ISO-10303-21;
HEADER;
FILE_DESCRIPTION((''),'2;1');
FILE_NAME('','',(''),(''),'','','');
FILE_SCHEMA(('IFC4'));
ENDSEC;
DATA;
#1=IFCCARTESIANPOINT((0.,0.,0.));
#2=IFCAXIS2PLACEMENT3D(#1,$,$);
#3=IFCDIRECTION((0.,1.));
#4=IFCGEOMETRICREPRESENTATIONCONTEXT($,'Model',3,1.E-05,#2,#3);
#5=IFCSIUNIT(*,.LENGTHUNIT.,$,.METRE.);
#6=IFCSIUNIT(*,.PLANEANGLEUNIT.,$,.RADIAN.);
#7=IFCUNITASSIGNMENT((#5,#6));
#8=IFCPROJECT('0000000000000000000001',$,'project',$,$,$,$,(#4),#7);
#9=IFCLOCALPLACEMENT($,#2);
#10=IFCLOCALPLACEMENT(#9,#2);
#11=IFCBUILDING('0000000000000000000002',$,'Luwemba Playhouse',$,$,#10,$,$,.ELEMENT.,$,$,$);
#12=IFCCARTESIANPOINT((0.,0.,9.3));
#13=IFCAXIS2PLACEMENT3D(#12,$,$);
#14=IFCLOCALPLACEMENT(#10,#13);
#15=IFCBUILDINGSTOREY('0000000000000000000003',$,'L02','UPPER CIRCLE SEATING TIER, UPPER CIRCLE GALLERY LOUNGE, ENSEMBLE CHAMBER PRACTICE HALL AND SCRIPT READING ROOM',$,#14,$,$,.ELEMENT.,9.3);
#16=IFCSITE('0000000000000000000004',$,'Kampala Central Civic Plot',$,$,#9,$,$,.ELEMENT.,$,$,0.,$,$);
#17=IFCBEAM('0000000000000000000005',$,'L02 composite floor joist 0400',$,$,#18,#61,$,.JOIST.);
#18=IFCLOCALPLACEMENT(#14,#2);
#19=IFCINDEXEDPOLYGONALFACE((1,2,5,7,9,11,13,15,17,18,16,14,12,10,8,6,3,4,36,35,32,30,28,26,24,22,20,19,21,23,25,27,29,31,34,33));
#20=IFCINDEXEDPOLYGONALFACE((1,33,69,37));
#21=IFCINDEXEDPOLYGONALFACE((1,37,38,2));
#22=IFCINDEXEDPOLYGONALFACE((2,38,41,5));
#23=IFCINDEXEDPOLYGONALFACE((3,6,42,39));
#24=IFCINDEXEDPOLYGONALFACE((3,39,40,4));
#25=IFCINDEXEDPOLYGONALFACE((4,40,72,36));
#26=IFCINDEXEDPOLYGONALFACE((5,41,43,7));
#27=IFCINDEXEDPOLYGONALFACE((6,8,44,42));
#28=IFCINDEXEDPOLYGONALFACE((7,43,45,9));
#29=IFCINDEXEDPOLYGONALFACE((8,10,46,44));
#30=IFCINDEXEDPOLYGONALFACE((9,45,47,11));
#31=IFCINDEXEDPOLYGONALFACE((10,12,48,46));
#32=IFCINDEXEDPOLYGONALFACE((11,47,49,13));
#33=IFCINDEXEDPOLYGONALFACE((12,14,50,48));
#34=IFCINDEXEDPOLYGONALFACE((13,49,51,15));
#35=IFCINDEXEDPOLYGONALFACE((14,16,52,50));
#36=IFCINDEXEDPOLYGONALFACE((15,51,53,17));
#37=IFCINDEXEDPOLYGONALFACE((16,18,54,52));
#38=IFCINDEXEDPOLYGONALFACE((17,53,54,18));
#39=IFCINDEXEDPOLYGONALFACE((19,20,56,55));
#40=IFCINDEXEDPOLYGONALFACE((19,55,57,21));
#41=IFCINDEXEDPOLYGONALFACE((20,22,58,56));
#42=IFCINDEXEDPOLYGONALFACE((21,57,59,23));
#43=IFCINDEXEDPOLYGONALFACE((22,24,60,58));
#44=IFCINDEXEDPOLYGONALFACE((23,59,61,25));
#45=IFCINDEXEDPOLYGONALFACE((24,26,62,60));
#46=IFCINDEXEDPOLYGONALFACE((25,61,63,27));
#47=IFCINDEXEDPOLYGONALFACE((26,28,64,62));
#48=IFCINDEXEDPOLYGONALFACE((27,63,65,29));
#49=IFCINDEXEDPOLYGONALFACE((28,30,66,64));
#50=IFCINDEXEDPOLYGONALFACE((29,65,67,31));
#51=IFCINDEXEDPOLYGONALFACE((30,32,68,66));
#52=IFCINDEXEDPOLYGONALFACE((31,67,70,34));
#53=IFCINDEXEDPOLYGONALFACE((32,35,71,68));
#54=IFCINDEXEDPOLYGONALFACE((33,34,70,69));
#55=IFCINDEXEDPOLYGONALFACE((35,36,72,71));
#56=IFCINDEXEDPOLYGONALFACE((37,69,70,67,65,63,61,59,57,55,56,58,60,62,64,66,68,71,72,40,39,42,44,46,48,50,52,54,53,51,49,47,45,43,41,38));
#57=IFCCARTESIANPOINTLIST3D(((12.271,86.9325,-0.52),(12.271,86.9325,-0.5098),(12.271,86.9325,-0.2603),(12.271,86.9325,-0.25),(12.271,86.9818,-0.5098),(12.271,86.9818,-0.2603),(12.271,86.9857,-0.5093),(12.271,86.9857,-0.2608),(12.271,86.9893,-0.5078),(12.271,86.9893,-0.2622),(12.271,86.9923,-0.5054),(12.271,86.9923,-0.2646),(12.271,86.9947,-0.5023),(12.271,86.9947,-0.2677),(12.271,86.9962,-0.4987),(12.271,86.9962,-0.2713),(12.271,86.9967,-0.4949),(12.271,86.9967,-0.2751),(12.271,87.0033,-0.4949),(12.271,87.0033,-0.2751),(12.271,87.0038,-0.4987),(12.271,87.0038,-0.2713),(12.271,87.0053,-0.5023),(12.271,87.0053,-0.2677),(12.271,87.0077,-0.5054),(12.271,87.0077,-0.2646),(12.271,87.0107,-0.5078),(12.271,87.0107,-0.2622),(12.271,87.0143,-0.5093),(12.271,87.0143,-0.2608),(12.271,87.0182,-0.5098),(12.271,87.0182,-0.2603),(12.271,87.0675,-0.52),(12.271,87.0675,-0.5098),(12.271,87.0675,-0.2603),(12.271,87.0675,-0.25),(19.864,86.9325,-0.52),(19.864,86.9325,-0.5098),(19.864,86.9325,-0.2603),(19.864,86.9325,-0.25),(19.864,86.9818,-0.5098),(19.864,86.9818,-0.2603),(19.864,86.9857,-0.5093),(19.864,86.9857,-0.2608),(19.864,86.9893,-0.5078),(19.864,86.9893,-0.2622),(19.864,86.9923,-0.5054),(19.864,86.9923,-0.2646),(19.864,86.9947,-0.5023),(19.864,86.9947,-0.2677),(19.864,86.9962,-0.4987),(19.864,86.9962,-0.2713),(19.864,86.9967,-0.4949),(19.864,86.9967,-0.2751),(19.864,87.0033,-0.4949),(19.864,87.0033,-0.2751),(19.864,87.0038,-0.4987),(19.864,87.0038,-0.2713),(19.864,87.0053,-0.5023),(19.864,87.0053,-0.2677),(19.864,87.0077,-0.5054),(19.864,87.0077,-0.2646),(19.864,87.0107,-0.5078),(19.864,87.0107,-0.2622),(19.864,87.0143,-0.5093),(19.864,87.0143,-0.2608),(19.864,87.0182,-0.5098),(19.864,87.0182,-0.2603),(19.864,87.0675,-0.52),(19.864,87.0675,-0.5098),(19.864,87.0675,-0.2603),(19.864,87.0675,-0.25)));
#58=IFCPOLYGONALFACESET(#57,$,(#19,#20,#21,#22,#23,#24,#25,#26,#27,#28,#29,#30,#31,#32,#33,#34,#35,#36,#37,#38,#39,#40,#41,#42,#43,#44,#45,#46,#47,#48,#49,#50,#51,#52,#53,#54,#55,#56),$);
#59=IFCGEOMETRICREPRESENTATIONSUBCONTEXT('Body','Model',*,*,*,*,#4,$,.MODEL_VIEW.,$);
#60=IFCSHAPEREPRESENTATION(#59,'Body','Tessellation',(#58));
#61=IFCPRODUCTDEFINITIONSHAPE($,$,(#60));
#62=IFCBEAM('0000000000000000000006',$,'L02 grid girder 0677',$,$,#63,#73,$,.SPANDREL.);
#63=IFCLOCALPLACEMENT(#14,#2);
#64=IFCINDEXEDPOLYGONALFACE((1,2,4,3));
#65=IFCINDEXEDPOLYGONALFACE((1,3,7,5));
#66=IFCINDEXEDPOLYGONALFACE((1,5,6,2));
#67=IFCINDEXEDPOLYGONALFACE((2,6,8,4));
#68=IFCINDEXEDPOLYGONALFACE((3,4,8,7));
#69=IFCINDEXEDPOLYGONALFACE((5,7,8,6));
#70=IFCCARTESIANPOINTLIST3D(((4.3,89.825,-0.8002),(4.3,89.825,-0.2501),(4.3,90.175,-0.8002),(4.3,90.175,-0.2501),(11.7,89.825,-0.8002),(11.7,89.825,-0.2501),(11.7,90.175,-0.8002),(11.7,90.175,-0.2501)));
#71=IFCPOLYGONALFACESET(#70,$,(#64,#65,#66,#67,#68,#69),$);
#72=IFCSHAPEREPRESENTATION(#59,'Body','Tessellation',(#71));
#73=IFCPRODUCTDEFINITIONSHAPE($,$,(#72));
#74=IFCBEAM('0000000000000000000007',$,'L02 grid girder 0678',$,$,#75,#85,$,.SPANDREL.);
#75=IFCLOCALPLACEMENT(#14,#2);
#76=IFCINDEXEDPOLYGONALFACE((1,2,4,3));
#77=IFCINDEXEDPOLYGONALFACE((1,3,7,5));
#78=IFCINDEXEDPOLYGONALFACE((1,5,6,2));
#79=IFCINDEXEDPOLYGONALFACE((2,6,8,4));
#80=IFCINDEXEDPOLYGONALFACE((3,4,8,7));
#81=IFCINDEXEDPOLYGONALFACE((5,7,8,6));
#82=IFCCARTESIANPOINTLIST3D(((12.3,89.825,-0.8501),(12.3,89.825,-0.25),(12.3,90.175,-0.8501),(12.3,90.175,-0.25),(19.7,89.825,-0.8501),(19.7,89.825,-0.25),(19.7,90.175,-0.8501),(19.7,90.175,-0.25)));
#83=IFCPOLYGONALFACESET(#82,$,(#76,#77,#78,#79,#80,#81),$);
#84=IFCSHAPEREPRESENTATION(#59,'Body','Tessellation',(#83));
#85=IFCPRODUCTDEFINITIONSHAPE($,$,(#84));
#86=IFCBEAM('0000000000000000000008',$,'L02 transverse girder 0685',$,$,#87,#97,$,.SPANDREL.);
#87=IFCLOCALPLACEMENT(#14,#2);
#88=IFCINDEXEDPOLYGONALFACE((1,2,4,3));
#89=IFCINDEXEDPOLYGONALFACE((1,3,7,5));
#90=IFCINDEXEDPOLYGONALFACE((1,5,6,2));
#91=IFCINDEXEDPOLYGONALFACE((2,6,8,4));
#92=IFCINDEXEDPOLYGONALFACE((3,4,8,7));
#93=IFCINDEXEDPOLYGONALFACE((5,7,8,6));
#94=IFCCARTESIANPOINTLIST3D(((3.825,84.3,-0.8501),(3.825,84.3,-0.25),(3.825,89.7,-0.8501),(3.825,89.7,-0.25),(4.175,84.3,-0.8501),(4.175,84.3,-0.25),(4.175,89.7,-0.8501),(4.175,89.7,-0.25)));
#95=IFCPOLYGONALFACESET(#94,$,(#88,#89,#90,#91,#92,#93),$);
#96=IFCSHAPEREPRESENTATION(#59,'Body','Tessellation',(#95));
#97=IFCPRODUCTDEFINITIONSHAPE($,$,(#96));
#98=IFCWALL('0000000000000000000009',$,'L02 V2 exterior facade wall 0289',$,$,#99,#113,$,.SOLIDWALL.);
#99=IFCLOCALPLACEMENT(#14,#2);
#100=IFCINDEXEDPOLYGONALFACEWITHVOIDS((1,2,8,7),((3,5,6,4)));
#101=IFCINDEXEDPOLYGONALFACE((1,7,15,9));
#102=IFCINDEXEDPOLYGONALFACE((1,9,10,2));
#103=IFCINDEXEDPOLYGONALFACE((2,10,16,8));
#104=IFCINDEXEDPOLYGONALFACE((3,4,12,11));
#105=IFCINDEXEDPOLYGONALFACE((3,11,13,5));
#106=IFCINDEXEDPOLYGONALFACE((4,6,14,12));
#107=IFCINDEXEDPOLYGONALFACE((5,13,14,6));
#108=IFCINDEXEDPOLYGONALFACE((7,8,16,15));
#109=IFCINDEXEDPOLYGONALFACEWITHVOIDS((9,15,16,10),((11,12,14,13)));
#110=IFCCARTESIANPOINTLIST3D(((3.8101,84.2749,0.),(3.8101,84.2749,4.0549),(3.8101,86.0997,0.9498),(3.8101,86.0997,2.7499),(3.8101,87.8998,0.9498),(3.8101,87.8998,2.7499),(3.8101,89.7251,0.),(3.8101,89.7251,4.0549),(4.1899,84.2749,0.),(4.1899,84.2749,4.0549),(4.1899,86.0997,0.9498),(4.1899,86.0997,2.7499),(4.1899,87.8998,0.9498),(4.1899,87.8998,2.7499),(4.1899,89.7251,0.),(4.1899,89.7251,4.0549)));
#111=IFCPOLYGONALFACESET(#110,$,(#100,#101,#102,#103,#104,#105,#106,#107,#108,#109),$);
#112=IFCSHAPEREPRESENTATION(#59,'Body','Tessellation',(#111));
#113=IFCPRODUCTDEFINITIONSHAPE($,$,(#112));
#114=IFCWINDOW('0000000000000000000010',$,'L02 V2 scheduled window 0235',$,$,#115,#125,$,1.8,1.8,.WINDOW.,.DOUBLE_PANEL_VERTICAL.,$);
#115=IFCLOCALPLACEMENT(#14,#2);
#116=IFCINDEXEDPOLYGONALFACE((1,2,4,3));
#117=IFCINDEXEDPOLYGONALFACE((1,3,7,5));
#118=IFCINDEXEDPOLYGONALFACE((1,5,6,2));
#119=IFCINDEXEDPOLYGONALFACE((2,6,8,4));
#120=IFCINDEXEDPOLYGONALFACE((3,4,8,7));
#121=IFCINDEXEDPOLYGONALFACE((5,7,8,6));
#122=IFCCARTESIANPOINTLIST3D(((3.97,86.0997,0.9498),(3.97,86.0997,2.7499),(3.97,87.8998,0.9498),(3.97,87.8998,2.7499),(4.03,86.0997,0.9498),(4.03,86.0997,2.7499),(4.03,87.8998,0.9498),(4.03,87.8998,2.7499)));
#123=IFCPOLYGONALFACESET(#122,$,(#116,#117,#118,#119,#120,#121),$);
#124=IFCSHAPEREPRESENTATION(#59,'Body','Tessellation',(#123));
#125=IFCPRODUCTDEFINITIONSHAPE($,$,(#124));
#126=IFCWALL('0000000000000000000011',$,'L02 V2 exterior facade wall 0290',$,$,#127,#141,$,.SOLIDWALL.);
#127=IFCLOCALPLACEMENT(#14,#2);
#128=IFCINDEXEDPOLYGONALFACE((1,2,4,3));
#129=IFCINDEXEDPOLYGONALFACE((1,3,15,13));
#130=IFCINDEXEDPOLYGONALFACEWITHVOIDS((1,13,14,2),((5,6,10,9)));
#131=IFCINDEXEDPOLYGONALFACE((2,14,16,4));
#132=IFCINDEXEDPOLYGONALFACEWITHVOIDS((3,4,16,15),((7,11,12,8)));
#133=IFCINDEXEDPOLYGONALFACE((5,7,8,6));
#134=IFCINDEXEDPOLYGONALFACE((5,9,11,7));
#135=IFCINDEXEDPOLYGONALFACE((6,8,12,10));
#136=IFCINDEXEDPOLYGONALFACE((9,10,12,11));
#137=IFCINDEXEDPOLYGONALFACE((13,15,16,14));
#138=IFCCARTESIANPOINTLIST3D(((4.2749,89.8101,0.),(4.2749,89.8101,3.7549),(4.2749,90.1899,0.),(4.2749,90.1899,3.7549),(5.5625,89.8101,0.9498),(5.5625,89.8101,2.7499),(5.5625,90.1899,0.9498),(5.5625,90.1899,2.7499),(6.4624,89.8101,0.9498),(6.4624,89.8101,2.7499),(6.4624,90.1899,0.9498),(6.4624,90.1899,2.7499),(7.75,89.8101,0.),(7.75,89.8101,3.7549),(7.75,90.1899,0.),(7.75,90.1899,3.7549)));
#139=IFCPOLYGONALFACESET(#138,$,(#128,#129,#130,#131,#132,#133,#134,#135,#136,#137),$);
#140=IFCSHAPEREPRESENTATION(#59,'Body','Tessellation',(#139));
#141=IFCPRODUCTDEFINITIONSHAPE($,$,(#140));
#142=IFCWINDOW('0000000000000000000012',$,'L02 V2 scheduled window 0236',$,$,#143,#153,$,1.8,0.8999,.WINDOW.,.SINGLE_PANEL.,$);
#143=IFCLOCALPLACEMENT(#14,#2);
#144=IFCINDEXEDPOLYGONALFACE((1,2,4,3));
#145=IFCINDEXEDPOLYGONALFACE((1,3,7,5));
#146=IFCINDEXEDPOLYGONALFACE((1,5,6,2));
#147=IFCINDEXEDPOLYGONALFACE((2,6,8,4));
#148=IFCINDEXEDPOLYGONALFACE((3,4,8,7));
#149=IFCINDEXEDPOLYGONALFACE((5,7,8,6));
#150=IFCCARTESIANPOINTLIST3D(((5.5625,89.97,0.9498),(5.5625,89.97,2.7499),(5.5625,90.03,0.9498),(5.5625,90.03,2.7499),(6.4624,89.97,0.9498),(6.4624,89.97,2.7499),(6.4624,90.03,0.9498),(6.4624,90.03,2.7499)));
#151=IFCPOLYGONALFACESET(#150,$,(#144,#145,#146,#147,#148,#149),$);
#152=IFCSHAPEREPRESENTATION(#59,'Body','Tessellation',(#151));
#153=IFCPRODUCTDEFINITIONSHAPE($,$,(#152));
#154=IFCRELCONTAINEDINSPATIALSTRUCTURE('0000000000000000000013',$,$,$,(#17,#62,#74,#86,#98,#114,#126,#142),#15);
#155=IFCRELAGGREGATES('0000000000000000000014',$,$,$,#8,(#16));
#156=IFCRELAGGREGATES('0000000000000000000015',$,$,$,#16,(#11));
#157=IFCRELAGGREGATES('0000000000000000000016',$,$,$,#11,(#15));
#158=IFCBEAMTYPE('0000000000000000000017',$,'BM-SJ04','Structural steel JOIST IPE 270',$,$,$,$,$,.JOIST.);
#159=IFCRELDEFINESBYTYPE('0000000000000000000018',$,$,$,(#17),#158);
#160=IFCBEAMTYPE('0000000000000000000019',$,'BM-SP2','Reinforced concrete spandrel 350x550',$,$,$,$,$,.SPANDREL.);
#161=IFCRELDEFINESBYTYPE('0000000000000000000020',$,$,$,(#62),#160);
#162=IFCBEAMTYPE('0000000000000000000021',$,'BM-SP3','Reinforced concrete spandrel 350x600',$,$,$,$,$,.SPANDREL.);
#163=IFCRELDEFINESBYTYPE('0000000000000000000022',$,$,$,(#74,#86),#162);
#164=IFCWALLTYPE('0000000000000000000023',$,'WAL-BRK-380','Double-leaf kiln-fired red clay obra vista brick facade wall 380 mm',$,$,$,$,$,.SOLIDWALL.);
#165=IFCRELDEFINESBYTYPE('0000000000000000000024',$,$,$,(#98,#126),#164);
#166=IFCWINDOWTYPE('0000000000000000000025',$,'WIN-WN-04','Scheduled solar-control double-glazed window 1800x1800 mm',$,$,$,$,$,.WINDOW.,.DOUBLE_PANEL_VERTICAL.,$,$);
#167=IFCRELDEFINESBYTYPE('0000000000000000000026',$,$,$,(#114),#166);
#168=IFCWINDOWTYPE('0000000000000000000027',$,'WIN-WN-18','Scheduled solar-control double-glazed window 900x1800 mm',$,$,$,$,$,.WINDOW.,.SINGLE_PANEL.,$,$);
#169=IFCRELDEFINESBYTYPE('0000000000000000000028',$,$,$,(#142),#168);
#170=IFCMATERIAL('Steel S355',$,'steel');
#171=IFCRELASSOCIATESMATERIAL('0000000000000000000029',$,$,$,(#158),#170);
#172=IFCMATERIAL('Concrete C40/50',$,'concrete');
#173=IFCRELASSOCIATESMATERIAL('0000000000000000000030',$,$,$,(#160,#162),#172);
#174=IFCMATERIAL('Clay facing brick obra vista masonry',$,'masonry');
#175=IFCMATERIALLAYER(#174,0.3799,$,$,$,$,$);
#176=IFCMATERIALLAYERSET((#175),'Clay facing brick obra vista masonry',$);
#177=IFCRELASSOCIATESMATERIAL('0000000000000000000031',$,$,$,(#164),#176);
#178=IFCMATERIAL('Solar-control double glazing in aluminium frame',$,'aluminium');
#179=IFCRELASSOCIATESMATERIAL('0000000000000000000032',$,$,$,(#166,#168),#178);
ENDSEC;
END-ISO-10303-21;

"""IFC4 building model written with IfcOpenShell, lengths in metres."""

from ifc_helpers import new_model, si_unit, direction, frame, frame_2d, origin, origin_2d, place, context, subcontext, project, spatial, rectangle, i_section, extrude, material, layer, layer_set, material_profile, profile_set, type_object, element, fill, save


model = new_model("IFC4")

# Units and contexts
model_context = context("Model", 3, precision=1e-05, world=origin(), true_north=direction((0.0, 1.0)))
body_context = subcontext(model_context, "Body", "Model", "MODEL_VIEW")
ifc_project = project(units=[si_unit("LENGTHUNIT", "METRE"), si_unit("PLANEANGLEUNIT", "RADIAN")], contexts=[model_context])

# Site, building, storey
site_placement = place(None, origin())
site = spatial("IfcSite", under=ifc_project, at=site_placement, Name="Kampala Central Civic Plot", CompositionType="ELEMENT", RefElevation=0.0)
building_placement = place(site_placement, origin())
building = spatial("IfcBuilding", under=site, at=building_placement, Name="Luwemba Playhouse", CompositionType="ELEMENT")
storey_placement = place(building_placement, frame((0.0, 0.0, 9.3)))
storey = spatial("IfcBuildingStorey", under=building, at=storey_placement, Name="L02", Description="UPPER CIRCLE SEATING TIER, UPPER CIRCLE GALLERY LOUNGE, ENSEMBLE CHAMBER PRACTICE HALL AND SCRIPT READING ROOM", CompositionType="ELEMENT", Elevation=9.3)

# Shared definitions
ifc_material_1 = material(Name="Concrete C40/50", Category="concrete")

# Beams
ifc_material_2 = material(Name="Steel S355", Category="steel")
ifc_material_profile_1 = material_profile(ifc_material_2, i_section(OverallWidth=0.135, OverallDepth=0.27, WebThickness=0.0066, FlangeThickness=0.0103, FilletRadius=0.0149, at=origin_2d()))
ifc_profile_set_1 = profile_set([ifc_material_profile_1], Name="Steel S355")
beam_type_1 = type_object("IfcBeamType", Name="BM-SJ04", Description="Structural steel JOIST IPE 270", PredefinedType="JOIST", material=ifc_profile_set_1)
beam_1_placement = place(storey_placement, frame((12.271, 87.0, -0.385), z_axis=(1.0, 0.0, 0.0), x_axis=(0.0, 1.0, 0.0)))
element("IfcBeam", 1, at=beam_1_placement, inside=storey, type_object=beam_type_1, Name="L02 composite floor joist 0400", PredefinedType="JOIST", context=body_context, shape_type="SweptSolid", body=[
    extrude(i_section(OverallWidth=0.135, OverallDepth=0.27, WebThickness=0.0066, FlangeThickness=0.0103, FilletRadius=0.0149, at=origin_2d()), origin(), (0.0, 0.0, 1.0), 7.593),
])
ifc_material_profile_2 = material_profile(ifc_material_1, rectangle(XDim=0.3501, YDim=0.55, at=origin_2d()))
ifc_profile_set_2 = profile_set([ifc_material_profile_2], Name="Concrete C40/50")
beam_type_2 = type_object("IfcBeamType", Name="BM-SP2", Description="Reinforced concrete spandrel 350x550", PredefinedType="SPANDREL", material=ifc_profile_set_2)
beam_2_placement = place(storey_placement, frame((4.3, 90.0, -0.5251), z_axis=(1.0, 0.0, 0.0), x_axis=(0.0, 1.0, 0.0)))
element("IfcBeam", 2, at=beam_2_placement, inside=storey, type_object=beam_type_2, Name="L02 grid girder 0677", PredefinedType="SPANDREL", context=body_context, shape_type="SweptSolid", body=[
    extrude(rectangle(XDim=0.3501, YDim=0.55, at=origin_2d()), origin(), (0.0, 0.0, 1.0), 7.3999),
])
ifc_material_profile_3 = material_profile(ifc_material_1, rectangle(XDim=0.3501, YDim=0.6001, at=origin_2d()))
ifc_profile_set_3 = profile_set([ifc_material_profile_3], Name="Concrete C40/50")
beam_type_3 = type_object("IfcBeamType", Name="BM-SP3", Description="Reinforced concrete spandrel 350x600", PredefinedType="SPANDREL", material=ifc_profile_set_3)
beam_3_placement = place(storey_placement, frame((12.3, 90.0, -0.55), z_axis=(1.0, 0.0, 0.0), x_axis=(0.0, 1.0, 0.0)))
element("IfcBeam", 3, at=beam_3_placement, inside=storey, type_object=beam_type_3, Name="L02 grid girder 0678", PredefinedType="SPANDREL", context=body_context, shape_type="SweptSolid", body=[
    extrude(rectangle(XDim=0.3501, YDim=0.6001, at=origin_2d()), origin(), (0.0, 0.0, 1.0), 7.3999),
])
beam_4_placement = place(storey_placement, frame((4.0, 84.3, -0.55), z_axis=(0.0, 1.0, 0.0), x_axis=(-1.0, 0.0, 0.0)))
element("IfcBeam", 4, at=beam_4_placement, inside=storey, type_object=beam_type_3, Name="L02 transverse girder 0685", PredefinedType="SPANDREL", context=body_context, shape_type="SweptSolid", body=[
    extrude(rectangle(XDim=0.3501, YDim=0.6001, at=origin_2d()), origin(), (0.0, 0.0, 1.0), 5.3999),
])

# Walls, openings, windows
ifc_material_3 = material(Name="Clay facing brick obra vista masonry", Category="masonry")
ifc_layer_1 = layer(ifc_material_3, 0.3799)
ifc_layer_set_1 = layer_set([ifc_layer_1], Name="Clay facing brick obra vista masonry")
wall_type_1 = type_object("IfcWallType", Name="WAL-BRK-380", Description="Double-leaf kiln-fired red clay obra vista brick facade wall 380 mm", PredefinedType="SOLIDWALL", material=ifc_layer_set_1)
wall_1_placement = place(storey_placement, frame((4.0, 84.2749, 0.0), z_axis=(0.0, 0.0, 1.0), x_axis=(0.0, 1.0, 0.0)))
wall_1 = element("IfcWall", 5, at=wall_1_placement, inside=storey, type_object=wall_type_1, Name="L02 V2 exterior facade wall 0289", PredefinedType="SOLIDWALL", context=body_context, shape_type="SweptSolid", body=[
    extrude(rectangle(XDim=5.4502, YDim=0.3799, at=frame_2d((2.7251, 0.0))), origin(), (0.0, 0.0, 1.0), 4.0549),
])
opening_1_placement = place(wall_1_placement, frame((1.825, 0.0, 0.95)))
opening_1 = element("IfcOpeningElement", 6, at=opening_1_placement, cuts=wall_1, PredefinedType="OPENING", context=body_context, shape_type="SweptSolid", body=[
    extrude(rectangle(XDim=1.8, YDim=1.8, at=frame_2d((0.8999, 0.8999))), frame((0.0, 0.2, 0.0), z_axis=(0.0, -1.0, 0.0), x_axis=(1.0, 0.0, 0.0)), (0.0, 0.0, 1.0), 0.3999),
])
ifc_material_4 = material(Name="Solar-control double glazing in aluminium frame", Category="aluminium")
window_type_1 = type_object("IfcWindowType", Name="WIN-WN-04", Description="Scheduled solar-control double-glazed window 1800x1800 mm", PartitioningType="DOUBLE_PANEL_VERTICAL", PredefinedType="WINDOW", material=ifc_material_4)
window_1_placement = place(opening_1_placement, origin())
window_1 = element("IfcWindow", 7, at=window_1_placement, inside=storey, type_object=window_type_1, Name="L02 V2 scheduled window 0235", OverallHeight=1.8, OverallWidth=1.8, PartitioningType="DOUBLE_PANEL_VERTICAL", PredefinedType="WINDOW", context=body_context, shape_type="SweptSolid", body=[
    extrude(rectangle(XDim=1.8, YDim=1.8, at=frame_2d((0.8999, 0.8999))), frame((0.0, 0.03, 0.0), z_axis=(0.0, -1.0, 0.0), x_axis=(1.0, 0.0, 0.0)), (0.0, 0.0, 1.0), 0.0601),
])
fill(opening_1, window_1)
wall_2_placement = place(storey_placement, frame((4.2749, 90.0, 0.0), z_axis=(0.0, 0.0, 1.0), x_axis=(1.0, 0.0, 0.0)))
wall_2 = element("IfcWall", 8, at=wall_2_placement, inside=storey, type_object=wall_type_1, Name="L02 V2 exterior facade wall 0290", PredefinedType="SOLIDWALL", context=body_context, shape_type="SweptSolid", body=[
    extrude(rectangle(XDim=3.4751, YDim=0.3799, at=frame_2d((1.7375, 0.0))), origin(), (0.0, 0.0, 1.0), 3.7549),
])
opening_2_placement = place(wall_2_placement, frame((1.2876, 0.0, 0.95)))
opening_2 = element("IfcOpeningElement", 9, at=opening_2_placement, cuts=wall_2, PredefinedType="OPENING", context=body_context, shape_type="SweptSolid", body=[
    extrude(rectangle(XDim=0.8999, YDim=1.8, at=frame_2d((0.45, 0.8999))), frame((0.0, 0.2, 0.0), z_axis=(0.0, -1.0, 0.0), x_axis=(1.0, 0.0, 0.0)), (0.0, 0.0, 1.0), 0.3999),
])
window_type_2 = type_object("IfcWindowType", Name="WIN-WN-18", Description="Scheduled solar-control double-glazed window 900x1800 mm", PartitioningType="SINGLE_PANEL", PredefinedType="WINDOW", material=ifc_material_4)
window_2_placement = place(opening_2_placement, origin())
window_2 = element("IfcWindow", 10, at=window_2_placement, inside=storey, type_object=window_type_2, Name="L02 V2 scheduled window 0236", OverallHeight=1.8, OverallWidth=0.8999, PartitioningType="SINGLE_PANEL", PredefinedType="WINDOW", context=body_context, shape_type="SweptSolid", body=[
    extrude(rectangle(XDim=0.8999, YDim=1.8, at=frame_2d((0.45, 0.8999))), frame((0.0, 0.03, 0.0), z_axis=(0.0, -1.0, 0.0), x_axis=(1.0, 0.0, 0.0)), (0.0, 0.0, 1.0), 0.0601),
])
fill(opening_2, window_2)

save(model, "model.ifc")
